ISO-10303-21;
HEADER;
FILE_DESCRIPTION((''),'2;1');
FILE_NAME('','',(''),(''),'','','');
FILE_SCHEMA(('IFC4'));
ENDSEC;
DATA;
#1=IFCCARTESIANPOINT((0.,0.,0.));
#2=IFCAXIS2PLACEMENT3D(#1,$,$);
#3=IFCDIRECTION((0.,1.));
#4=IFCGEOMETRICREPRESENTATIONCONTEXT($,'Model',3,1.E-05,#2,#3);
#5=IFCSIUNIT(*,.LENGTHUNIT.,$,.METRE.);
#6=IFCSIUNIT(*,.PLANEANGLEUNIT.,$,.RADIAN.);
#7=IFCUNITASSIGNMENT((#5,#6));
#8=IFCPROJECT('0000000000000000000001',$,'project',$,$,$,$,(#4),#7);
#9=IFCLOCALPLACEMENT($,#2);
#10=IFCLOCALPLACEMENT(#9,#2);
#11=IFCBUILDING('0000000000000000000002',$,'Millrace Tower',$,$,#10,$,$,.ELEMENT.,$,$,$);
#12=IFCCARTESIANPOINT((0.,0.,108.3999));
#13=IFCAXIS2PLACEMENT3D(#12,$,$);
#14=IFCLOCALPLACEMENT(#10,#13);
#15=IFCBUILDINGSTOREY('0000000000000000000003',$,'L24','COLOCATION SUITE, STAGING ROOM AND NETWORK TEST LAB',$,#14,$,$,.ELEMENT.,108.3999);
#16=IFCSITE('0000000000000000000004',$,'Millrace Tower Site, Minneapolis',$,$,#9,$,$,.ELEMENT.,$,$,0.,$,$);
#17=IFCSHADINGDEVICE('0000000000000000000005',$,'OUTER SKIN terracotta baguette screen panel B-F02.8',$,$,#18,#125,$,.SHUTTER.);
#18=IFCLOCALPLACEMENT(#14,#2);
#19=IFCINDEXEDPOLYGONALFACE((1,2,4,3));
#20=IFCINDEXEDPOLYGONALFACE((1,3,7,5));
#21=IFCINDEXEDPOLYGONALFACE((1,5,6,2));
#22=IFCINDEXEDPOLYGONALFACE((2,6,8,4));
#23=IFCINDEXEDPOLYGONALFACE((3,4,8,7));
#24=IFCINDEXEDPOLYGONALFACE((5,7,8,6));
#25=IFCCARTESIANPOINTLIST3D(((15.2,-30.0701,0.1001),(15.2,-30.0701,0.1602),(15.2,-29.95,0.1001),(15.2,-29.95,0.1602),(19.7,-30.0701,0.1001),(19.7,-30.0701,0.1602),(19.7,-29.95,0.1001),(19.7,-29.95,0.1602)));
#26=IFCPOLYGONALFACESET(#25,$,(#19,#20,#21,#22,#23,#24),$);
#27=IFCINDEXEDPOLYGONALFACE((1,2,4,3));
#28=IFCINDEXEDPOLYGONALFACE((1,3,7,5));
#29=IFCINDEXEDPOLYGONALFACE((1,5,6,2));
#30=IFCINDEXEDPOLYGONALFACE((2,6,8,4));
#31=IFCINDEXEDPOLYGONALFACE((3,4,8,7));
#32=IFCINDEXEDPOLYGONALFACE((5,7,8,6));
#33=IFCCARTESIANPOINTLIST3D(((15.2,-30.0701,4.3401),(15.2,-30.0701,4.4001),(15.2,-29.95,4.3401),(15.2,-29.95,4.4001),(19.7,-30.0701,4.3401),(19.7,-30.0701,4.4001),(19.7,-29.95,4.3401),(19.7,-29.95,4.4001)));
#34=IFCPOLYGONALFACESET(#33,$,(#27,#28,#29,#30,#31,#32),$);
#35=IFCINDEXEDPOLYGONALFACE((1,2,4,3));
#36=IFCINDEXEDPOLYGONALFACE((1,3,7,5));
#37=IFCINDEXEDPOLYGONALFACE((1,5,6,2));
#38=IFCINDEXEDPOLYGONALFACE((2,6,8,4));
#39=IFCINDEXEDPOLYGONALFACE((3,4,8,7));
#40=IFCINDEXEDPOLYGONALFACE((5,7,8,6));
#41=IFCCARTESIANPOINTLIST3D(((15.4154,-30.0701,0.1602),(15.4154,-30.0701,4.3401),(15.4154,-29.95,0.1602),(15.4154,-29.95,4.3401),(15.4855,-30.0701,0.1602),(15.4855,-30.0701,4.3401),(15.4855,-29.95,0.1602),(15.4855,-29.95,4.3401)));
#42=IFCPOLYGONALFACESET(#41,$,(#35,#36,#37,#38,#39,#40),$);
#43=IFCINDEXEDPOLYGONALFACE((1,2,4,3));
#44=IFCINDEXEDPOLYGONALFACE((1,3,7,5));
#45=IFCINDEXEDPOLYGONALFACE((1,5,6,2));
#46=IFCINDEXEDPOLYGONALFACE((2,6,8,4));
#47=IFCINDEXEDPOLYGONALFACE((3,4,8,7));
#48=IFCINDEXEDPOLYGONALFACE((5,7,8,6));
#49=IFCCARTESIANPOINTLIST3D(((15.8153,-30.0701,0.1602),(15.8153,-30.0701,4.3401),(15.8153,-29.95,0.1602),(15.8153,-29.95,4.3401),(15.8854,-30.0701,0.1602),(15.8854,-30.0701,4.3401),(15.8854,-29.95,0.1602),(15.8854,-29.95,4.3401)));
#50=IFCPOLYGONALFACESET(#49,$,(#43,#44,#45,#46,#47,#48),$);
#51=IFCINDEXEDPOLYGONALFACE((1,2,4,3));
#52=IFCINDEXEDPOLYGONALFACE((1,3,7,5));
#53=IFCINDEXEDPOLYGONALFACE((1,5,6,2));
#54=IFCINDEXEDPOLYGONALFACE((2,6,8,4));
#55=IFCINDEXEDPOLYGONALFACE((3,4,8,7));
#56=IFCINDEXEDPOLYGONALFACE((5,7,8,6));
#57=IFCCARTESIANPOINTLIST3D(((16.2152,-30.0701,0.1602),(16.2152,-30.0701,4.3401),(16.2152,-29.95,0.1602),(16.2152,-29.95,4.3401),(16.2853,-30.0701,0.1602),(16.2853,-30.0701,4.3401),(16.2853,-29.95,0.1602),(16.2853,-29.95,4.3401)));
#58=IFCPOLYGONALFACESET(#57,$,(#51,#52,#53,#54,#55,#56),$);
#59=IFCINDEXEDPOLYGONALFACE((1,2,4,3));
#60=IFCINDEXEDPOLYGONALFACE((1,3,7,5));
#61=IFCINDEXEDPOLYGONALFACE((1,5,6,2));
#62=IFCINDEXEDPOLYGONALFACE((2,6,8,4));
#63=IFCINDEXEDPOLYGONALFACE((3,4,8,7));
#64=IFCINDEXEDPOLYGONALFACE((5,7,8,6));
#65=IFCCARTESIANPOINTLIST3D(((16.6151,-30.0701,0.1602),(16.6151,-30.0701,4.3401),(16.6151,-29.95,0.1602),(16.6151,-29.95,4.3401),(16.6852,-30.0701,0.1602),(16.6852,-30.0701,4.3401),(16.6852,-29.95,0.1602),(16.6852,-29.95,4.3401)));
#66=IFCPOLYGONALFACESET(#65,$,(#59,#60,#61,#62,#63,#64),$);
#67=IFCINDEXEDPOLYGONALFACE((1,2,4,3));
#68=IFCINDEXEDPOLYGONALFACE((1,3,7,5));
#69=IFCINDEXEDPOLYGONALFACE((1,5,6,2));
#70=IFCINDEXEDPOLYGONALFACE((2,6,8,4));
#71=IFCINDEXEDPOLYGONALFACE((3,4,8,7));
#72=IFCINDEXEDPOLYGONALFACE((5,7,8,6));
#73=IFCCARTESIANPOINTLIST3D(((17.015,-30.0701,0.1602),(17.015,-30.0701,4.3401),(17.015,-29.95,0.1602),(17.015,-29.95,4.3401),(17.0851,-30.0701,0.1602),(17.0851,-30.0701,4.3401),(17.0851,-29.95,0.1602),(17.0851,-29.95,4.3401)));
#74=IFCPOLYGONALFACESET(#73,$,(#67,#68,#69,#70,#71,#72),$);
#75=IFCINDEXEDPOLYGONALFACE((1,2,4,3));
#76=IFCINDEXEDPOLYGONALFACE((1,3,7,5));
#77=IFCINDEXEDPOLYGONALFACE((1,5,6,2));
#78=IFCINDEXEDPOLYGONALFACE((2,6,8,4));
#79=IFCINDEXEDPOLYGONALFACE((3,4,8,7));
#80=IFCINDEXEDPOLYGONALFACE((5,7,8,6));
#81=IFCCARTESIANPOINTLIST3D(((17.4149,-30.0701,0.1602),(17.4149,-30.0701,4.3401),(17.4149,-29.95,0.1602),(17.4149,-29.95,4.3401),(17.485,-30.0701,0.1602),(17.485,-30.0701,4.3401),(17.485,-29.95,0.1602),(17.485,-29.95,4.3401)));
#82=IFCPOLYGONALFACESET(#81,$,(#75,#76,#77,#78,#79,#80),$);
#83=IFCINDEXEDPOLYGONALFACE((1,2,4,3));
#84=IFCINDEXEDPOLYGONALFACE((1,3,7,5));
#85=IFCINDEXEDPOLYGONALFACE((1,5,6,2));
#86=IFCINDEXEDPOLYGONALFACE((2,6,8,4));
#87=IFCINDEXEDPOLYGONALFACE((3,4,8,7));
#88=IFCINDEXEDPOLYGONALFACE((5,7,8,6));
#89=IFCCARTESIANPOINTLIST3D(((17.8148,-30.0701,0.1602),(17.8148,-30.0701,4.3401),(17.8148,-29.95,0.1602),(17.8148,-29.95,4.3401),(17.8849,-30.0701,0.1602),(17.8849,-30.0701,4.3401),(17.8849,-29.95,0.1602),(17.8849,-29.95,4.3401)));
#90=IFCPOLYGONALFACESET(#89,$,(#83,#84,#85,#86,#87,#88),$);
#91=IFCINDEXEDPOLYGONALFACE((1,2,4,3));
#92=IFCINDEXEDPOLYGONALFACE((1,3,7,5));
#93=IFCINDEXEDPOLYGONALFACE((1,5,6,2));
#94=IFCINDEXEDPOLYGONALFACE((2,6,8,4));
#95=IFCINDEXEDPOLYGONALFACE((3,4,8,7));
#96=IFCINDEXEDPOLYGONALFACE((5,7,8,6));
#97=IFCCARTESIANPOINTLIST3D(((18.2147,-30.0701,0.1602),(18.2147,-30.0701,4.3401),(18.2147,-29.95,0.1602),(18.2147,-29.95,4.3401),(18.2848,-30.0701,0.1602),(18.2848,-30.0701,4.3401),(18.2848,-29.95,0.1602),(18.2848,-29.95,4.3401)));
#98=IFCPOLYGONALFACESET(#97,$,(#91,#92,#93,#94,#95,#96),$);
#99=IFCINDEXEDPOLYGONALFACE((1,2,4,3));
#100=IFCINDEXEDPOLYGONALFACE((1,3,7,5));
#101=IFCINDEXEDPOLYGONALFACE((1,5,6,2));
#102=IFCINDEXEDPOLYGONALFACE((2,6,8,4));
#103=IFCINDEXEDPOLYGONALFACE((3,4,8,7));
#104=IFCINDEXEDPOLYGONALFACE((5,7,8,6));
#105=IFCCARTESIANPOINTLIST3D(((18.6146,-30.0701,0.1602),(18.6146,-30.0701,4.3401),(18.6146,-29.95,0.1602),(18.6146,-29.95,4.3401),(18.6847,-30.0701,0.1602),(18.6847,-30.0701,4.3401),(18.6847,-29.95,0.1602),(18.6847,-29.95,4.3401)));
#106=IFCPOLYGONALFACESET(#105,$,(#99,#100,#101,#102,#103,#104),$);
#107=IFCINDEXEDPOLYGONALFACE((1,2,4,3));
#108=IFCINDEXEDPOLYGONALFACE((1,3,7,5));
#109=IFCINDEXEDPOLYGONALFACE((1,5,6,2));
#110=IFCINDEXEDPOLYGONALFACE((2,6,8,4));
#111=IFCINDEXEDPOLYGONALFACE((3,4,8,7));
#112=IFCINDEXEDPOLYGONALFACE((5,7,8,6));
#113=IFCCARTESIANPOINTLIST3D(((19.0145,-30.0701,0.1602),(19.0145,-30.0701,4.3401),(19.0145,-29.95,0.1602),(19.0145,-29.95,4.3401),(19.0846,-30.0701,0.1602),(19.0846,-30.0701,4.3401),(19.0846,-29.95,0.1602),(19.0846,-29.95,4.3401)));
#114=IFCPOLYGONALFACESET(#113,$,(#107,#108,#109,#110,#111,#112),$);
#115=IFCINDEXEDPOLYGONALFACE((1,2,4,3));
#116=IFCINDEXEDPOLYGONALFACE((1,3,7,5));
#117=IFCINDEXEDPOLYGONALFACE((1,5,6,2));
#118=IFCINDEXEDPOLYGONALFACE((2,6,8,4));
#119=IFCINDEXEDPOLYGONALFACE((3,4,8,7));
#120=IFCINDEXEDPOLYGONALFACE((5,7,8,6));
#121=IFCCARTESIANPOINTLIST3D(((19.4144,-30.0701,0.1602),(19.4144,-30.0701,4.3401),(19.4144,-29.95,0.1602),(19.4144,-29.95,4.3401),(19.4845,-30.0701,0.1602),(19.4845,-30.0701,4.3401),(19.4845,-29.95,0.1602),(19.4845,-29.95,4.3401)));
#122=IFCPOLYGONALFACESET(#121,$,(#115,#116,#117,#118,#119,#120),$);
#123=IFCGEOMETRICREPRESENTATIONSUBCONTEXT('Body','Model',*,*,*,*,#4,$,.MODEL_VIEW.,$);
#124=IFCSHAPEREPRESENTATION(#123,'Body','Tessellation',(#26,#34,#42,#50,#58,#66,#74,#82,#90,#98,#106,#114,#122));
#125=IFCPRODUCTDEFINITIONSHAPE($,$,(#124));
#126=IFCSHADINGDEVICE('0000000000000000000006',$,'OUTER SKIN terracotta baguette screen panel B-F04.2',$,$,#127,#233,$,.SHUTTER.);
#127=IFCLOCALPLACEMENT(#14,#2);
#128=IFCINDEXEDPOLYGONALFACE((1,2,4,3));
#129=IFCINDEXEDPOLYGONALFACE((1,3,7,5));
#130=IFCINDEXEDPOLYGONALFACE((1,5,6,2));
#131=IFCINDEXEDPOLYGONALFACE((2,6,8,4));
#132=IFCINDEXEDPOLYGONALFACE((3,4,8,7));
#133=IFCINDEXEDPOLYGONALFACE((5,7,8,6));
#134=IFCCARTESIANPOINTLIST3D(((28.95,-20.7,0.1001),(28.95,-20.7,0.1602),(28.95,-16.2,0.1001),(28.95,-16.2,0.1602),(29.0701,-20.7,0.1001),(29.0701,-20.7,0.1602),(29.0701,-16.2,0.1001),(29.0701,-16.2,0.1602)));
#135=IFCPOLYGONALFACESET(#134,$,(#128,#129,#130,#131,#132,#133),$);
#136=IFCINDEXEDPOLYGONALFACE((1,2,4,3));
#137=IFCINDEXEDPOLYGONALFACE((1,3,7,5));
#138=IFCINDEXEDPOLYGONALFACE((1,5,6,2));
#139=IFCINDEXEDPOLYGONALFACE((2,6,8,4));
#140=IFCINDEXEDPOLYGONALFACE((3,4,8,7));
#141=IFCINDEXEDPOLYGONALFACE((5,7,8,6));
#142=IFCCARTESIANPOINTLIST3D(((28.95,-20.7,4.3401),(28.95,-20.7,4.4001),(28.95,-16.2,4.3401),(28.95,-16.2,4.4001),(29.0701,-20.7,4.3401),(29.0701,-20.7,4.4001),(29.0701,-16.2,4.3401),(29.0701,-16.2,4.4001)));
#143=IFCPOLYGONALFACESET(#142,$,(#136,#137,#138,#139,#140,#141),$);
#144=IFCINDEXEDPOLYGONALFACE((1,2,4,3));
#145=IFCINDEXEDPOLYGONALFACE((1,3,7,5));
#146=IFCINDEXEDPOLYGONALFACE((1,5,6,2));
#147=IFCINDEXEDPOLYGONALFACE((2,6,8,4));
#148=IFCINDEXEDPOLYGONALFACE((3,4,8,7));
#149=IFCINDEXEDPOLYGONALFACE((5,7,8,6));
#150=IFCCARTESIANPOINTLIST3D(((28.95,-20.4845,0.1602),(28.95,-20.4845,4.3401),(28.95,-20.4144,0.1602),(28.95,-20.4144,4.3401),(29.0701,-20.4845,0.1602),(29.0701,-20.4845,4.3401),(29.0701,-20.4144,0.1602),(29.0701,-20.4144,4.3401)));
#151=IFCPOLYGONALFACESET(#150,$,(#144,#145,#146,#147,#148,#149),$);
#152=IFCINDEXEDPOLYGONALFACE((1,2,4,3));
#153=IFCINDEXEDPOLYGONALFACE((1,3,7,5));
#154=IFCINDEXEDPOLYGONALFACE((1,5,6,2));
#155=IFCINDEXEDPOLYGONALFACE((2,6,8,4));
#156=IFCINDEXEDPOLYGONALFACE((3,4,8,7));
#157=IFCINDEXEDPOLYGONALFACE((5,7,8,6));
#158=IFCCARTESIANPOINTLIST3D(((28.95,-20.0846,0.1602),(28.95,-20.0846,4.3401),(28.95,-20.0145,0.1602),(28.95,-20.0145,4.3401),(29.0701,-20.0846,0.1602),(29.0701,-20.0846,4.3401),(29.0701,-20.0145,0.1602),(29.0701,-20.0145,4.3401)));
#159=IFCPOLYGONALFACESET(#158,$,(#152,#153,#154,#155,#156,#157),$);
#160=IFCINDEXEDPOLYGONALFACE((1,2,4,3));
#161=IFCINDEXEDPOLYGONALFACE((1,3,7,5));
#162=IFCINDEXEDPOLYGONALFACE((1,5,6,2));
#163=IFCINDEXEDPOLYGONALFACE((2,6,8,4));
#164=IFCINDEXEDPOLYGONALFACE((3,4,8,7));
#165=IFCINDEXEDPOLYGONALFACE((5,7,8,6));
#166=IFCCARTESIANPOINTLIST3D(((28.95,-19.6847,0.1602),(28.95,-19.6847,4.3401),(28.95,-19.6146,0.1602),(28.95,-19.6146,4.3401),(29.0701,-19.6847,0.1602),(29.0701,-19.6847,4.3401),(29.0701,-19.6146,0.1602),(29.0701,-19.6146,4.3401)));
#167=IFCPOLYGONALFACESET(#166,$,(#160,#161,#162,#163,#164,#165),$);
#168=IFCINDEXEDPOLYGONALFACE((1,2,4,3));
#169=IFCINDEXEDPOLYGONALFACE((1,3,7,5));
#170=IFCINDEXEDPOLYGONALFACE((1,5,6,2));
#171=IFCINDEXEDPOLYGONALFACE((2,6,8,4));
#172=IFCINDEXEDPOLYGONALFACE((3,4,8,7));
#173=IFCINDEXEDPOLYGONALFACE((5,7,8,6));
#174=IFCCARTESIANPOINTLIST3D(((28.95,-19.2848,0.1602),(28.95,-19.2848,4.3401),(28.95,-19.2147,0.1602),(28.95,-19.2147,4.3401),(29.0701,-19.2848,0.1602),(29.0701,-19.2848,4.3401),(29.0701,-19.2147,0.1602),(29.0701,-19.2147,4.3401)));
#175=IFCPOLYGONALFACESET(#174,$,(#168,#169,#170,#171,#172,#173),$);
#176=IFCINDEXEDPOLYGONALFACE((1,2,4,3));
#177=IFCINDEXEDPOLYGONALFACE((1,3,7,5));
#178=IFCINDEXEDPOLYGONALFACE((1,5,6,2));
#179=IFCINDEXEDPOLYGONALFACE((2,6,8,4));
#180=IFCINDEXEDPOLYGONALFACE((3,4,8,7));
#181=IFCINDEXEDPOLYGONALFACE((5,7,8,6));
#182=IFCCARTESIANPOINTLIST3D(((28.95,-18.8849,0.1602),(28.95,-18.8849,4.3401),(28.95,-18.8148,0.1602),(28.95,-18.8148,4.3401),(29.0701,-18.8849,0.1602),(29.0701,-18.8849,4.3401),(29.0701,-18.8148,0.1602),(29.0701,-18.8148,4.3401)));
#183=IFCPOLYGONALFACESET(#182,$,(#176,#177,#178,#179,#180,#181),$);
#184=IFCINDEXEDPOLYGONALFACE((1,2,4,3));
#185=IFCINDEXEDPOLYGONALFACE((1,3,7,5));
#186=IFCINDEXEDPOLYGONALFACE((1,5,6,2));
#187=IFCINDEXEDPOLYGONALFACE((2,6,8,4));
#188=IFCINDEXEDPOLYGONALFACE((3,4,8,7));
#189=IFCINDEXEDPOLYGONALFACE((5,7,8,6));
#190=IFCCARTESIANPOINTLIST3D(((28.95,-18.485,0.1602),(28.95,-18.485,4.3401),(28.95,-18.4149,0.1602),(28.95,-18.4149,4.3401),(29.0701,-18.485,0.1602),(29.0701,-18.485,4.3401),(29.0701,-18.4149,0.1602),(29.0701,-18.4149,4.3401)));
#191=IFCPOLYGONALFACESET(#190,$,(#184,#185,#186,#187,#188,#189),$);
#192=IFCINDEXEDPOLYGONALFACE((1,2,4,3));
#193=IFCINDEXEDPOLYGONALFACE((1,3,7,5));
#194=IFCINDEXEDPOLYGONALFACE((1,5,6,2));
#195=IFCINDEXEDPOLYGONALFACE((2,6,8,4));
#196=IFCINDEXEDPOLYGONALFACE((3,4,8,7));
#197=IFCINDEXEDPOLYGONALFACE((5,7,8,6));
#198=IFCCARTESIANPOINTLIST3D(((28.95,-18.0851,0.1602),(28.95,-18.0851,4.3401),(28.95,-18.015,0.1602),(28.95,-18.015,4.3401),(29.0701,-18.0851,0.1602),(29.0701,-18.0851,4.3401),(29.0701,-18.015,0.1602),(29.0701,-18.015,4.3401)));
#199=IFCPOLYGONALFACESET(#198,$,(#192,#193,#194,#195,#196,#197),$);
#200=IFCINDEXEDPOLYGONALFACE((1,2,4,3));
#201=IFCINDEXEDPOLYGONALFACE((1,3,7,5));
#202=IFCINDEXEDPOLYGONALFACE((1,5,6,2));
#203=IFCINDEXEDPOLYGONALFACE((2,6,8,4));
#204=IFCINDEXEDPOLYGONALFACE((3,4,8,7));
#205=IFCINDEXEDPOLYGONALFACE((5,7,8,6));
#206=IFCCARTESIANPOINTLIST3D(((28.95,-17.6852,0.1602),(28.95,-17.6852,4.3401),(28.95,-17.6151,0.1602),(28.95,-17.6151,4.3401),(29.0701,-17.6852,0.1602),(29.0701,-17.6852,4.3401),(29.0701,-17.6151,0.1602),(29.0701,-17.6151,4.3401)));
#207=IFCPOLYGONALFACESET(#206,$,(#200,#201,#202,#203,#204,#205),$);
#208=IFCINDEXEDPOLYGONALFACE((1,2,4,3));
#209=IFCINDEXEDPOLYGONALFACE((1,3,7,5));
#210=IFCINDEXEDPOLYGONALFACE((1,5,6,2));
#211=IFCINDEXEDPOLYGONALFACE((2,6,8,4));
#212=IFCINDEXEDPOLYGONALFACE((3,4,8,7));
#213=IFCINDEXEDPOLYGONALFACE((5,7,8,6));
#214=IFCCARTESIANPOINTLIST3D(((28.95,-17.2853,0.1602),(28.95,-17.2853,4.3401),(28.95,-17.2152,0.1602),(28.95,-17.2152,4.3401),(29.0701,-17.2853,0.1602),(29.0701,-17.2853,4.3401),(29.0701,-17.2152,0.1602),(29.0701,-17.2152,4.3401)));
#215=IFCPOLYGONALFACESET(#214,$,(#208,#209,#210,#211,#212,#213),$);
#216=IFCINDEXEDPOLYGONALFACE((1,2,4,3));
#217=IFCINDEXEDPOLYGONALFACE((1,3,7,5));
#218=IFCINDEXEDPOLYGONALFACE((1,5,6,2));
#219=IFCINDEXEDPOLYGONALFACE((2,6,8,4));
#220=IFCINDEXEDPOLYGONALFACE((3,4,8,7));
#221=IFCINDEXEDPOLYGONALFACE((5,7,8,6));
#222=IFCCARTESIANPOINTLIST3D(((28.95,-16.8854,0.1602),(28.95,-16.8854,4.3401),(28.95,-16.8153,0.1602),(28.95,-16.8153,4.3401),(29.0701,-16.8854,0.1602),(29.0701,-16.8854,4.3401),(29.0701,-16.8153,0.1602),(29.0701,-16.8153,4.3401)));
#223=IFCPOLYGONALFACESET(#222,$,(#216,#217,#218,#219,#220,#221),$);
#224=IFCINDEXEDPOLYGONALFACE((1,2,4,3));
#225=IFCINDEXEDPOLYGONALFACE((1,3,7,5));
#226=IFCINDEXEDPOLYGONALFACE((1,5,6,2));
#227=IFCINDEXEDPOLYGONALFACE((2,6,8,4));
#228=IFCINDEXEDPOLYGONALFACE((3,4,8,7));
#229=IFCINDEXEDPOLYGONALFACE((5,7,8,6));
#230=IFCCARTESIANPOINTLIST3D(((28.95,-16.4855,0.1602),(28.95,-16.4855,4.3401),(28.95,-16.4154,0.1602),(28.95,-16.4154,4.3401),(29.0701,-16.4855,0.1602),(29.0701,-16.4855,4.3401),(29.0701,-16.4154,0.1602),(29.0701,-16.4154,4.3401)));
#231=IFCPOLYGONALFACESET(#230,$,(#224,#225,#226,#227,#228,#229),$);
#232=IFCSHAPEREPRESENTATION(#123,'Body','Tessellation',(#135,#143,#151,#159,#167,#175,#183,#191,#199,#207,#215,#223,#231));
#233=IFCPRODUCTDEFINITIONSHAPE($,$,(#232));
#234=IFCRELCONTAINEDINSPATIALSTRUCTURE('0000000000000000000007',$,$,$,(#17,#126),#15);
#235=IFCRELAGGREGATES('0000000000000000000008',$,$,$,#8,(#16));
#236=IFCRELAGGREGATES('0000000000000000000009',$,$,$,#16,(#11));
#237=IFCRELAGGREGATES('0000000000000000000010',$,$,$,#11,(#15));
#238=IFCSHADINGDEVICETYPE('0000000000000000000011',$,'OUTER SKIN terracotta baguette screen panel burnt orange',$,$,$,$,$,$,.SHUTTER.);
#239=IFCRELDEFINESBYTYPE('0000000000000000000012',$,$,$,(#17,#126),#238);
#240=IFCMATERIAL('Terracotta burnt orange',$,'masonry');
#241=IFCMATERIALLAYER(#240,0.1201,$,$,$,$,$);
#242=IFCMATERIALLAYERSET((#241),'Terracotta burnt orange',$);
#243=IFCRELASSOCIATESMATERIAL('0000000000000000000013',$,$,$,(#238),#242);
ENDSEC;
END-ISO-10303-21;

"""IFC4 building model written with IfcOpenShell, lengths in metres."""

from ifc_helpers import new_model, entity, si_unit, direction, frame, frame_2d, origin, origin_2d, place, context, subcontext, project, spatial, rectangle, extrude, source, transform, mapped, material, layer, layer_set, type_object, element, save


model = new_model("IFC4")

# Units and contexts
model_context = context("Model", 3, precision=1e-05, world=origin(), true_north=direction((0.0, 1.0)))
body_context = subcontext(model_context, "Body", "Model", "MODEL_VIEW")
ifc_project = project(units=[si_unit("LENGTHUNIT", "METRE"), si_unit("PLANEANGLEUNIT", "RADIAN")], contexts=[model_context])

# Site, building, storey
site_placement = place(None, origin())
site = spatial("IfcSite", under=ifc_project, at=site_placement, Name="Millrace Tower Site, Minneapolis", CompositionType="ELEMENT", RefElevation=0.0)
building_placement = place(site_placement, origin())
building = spatial("IfcBuilding", under=site, at=building_placement, Name="Millrace Tower", CompositionType="ELEMENT")
storey_placement = place(building_placement, frame((0.0, 0.0, 108.3999)))
storey = spatial("IfcBuildingStorey", under=building, at=storey_placement, Name="L24", Description="COLOCATION SUITE, STAGING ROOM AND NETWORK TEST LAB", CompositionType="ELEMENT", Elevation=108.3999)

# Shading devices
ifc_material_1 = material(Name="Terracotta burnt orange", Category="masonry")
ifc_layer_1 = layer(ifc_material_1, 0.1201)
ifc_layer_set_1 = layer_set([ifc_layer_1], Name="Terracotta burnt orange")
shading_device_type = type_object("IfcShadingDeviceType", Name="OUTER SKIN terracotta baguette screen panel burnt orange", PredefinedType="SHUTTER", material=ifc_layer_set_1)
cartesian_point_1 = entity("IfcCartesianPoint", [-2.25, 0.0601])
shared_polyline_1 = entity("IfcPolyline", [cartesian_point_1, entity("IfcCartesianPoint", [2.25, 0.0601]), entity("IfcCartesianPoint", [2.25, -0.0601]), entity("IfcCartesianPoint", [-2.25, -0.0601]), cartesian_point_1])
shared_shape_1 = source(origin(), body_context, "Body", "SweptSolid", [
    entity("IfcExtrudedAreaSolid", entity("IfcArbitraryClosedProfileDef", "AREA", None, shared_polyline_1), entity("IfcAxis2Placement3D", entity("IfcCartesianPoint", [0.0, 0.0, 0.0])), entity("IfcDirection", [0.0, 0.0, 1.0]), 0.0601),
    entity("IfcExtrudedAreaSolid", entity("IfcArbitraryClosedProfileDef", "AREA", None, shared_polyline_1), entity("IfcAxis2Placement3D", entity("IfcCartesianPoint", [0.0, 0.0, 4.24])), entity("IfcDirection", [0.0, 0.0, 1.0]), 0.0601),
    extrude(rectangle(XDim=0.0701, YDim=0.1201, at=frame_2d((-1.9995, 0.0))), frame((0.0, 0.0, 0.0601)), (0.0, 0.0, 1.0), 4.1799),
    extrude(rectangle(XDim=0.0701, YDim=0.1201, at=frame_2d((-1.5996, 0.0))), frame((0.0, 0.0, 0.0601)), (0.0, 0.0, 1.0), 4.1799),
    extrude(rectangle(XDim=0.0701, YDim=0.1201, at=frame_2d((-1.1997, 0.0))), frame((0.0, 0.0, 0.0601)), (0.0, 0.0, 1.0), 4.1799),
    extrude(rectangle(XDim=0.0701, YDim=0.1201, at=frame_2d((-0.7998, 0.0))), frame((0.0, 0.0, 0.0601)), (0.0, 0.0, 1.0), 4.1799),
    extrude(rectangle(XDim=0.0701, YDim=0.1201, at=frame_2d((-0.3999, 0.0))), frame((0.0, 0.0, 0.0601)), (0.0, 0.0, 1.0), 4.1799),
    extrude(rectangle(XDim=0.0701, YDim=0.1201, at=origin_2d()), frame((0.0, 0.0, 0.0601)), (0.0, 0.0, 1.0), 4.1799),
    extrude(rectangle(XDim=0.0701, YDim=0.1201, at=frame_2d((0.3999, 0.0))), frame((0.0, 0.0, 0.0601)), (0.0, 0.0, 1.0), 4.1799),
    extrude(rectangle(XDim=0.0701, YDim=0.1201, at=frame_2d((0.7998, 0.0))), frame((0.0, 0.0, 0.0601)), (0.0, 0.0, 1.0), 4.1799),
    extrude(rectangle(XDim=0.0701, YDim=0.1201, at=frame_2d((1.1997, 0.0))), frame((0.0, 0.0, 0.0601)), (0.0, 0.0, 1.0), 4.1799),
    extrude(rectangle(XDim=0.0701, YDim=0.1201, at=frame_2d((1.5996, 0.0))), frame((0.0, 0.0, 0.0601)), (0.0, 0.0, 1.0), 4.1799),
    extrude(rectangle(XDim=0.0701, YDim=0.1201, at=frame_2d((1.9995, 0.0))), frame((0.0, 0.0, 0.0601)), (0.0, 0.0, 1.0), 4.1799),
])
for number, where, z_axis, x_axis, name in (
    (1, (17.45, -30.01, 0.1001), (0.0, 0.0, 1.0), (1.0, 0.0, 0.0), "OUTER SKIN terracotta baguette screen panel B-F02.8"),
    (2, (29.01, -18.45, 0.1001), (0.0, 0.0, 1.0), (0.0, 1.0, 0.0), "OUTER SKIN terracotta baguette screen panel B-F04.2"),
):
    element("IfcShadingDevice", number, at=place(storey_placement, frame(where, z_axis=z_axis, x_axis=x_axis)), inside=storey, type_object=shading_device_type, Name=name, PredefinedType="SHUTTER", context=body_context, shape_type="MappedRepresentation", body=[
        mapped(shared_shape_1, transform((0.0, 0.0, 0.0), scale=1.0)),
    ])

save(model, "model.ifc")
